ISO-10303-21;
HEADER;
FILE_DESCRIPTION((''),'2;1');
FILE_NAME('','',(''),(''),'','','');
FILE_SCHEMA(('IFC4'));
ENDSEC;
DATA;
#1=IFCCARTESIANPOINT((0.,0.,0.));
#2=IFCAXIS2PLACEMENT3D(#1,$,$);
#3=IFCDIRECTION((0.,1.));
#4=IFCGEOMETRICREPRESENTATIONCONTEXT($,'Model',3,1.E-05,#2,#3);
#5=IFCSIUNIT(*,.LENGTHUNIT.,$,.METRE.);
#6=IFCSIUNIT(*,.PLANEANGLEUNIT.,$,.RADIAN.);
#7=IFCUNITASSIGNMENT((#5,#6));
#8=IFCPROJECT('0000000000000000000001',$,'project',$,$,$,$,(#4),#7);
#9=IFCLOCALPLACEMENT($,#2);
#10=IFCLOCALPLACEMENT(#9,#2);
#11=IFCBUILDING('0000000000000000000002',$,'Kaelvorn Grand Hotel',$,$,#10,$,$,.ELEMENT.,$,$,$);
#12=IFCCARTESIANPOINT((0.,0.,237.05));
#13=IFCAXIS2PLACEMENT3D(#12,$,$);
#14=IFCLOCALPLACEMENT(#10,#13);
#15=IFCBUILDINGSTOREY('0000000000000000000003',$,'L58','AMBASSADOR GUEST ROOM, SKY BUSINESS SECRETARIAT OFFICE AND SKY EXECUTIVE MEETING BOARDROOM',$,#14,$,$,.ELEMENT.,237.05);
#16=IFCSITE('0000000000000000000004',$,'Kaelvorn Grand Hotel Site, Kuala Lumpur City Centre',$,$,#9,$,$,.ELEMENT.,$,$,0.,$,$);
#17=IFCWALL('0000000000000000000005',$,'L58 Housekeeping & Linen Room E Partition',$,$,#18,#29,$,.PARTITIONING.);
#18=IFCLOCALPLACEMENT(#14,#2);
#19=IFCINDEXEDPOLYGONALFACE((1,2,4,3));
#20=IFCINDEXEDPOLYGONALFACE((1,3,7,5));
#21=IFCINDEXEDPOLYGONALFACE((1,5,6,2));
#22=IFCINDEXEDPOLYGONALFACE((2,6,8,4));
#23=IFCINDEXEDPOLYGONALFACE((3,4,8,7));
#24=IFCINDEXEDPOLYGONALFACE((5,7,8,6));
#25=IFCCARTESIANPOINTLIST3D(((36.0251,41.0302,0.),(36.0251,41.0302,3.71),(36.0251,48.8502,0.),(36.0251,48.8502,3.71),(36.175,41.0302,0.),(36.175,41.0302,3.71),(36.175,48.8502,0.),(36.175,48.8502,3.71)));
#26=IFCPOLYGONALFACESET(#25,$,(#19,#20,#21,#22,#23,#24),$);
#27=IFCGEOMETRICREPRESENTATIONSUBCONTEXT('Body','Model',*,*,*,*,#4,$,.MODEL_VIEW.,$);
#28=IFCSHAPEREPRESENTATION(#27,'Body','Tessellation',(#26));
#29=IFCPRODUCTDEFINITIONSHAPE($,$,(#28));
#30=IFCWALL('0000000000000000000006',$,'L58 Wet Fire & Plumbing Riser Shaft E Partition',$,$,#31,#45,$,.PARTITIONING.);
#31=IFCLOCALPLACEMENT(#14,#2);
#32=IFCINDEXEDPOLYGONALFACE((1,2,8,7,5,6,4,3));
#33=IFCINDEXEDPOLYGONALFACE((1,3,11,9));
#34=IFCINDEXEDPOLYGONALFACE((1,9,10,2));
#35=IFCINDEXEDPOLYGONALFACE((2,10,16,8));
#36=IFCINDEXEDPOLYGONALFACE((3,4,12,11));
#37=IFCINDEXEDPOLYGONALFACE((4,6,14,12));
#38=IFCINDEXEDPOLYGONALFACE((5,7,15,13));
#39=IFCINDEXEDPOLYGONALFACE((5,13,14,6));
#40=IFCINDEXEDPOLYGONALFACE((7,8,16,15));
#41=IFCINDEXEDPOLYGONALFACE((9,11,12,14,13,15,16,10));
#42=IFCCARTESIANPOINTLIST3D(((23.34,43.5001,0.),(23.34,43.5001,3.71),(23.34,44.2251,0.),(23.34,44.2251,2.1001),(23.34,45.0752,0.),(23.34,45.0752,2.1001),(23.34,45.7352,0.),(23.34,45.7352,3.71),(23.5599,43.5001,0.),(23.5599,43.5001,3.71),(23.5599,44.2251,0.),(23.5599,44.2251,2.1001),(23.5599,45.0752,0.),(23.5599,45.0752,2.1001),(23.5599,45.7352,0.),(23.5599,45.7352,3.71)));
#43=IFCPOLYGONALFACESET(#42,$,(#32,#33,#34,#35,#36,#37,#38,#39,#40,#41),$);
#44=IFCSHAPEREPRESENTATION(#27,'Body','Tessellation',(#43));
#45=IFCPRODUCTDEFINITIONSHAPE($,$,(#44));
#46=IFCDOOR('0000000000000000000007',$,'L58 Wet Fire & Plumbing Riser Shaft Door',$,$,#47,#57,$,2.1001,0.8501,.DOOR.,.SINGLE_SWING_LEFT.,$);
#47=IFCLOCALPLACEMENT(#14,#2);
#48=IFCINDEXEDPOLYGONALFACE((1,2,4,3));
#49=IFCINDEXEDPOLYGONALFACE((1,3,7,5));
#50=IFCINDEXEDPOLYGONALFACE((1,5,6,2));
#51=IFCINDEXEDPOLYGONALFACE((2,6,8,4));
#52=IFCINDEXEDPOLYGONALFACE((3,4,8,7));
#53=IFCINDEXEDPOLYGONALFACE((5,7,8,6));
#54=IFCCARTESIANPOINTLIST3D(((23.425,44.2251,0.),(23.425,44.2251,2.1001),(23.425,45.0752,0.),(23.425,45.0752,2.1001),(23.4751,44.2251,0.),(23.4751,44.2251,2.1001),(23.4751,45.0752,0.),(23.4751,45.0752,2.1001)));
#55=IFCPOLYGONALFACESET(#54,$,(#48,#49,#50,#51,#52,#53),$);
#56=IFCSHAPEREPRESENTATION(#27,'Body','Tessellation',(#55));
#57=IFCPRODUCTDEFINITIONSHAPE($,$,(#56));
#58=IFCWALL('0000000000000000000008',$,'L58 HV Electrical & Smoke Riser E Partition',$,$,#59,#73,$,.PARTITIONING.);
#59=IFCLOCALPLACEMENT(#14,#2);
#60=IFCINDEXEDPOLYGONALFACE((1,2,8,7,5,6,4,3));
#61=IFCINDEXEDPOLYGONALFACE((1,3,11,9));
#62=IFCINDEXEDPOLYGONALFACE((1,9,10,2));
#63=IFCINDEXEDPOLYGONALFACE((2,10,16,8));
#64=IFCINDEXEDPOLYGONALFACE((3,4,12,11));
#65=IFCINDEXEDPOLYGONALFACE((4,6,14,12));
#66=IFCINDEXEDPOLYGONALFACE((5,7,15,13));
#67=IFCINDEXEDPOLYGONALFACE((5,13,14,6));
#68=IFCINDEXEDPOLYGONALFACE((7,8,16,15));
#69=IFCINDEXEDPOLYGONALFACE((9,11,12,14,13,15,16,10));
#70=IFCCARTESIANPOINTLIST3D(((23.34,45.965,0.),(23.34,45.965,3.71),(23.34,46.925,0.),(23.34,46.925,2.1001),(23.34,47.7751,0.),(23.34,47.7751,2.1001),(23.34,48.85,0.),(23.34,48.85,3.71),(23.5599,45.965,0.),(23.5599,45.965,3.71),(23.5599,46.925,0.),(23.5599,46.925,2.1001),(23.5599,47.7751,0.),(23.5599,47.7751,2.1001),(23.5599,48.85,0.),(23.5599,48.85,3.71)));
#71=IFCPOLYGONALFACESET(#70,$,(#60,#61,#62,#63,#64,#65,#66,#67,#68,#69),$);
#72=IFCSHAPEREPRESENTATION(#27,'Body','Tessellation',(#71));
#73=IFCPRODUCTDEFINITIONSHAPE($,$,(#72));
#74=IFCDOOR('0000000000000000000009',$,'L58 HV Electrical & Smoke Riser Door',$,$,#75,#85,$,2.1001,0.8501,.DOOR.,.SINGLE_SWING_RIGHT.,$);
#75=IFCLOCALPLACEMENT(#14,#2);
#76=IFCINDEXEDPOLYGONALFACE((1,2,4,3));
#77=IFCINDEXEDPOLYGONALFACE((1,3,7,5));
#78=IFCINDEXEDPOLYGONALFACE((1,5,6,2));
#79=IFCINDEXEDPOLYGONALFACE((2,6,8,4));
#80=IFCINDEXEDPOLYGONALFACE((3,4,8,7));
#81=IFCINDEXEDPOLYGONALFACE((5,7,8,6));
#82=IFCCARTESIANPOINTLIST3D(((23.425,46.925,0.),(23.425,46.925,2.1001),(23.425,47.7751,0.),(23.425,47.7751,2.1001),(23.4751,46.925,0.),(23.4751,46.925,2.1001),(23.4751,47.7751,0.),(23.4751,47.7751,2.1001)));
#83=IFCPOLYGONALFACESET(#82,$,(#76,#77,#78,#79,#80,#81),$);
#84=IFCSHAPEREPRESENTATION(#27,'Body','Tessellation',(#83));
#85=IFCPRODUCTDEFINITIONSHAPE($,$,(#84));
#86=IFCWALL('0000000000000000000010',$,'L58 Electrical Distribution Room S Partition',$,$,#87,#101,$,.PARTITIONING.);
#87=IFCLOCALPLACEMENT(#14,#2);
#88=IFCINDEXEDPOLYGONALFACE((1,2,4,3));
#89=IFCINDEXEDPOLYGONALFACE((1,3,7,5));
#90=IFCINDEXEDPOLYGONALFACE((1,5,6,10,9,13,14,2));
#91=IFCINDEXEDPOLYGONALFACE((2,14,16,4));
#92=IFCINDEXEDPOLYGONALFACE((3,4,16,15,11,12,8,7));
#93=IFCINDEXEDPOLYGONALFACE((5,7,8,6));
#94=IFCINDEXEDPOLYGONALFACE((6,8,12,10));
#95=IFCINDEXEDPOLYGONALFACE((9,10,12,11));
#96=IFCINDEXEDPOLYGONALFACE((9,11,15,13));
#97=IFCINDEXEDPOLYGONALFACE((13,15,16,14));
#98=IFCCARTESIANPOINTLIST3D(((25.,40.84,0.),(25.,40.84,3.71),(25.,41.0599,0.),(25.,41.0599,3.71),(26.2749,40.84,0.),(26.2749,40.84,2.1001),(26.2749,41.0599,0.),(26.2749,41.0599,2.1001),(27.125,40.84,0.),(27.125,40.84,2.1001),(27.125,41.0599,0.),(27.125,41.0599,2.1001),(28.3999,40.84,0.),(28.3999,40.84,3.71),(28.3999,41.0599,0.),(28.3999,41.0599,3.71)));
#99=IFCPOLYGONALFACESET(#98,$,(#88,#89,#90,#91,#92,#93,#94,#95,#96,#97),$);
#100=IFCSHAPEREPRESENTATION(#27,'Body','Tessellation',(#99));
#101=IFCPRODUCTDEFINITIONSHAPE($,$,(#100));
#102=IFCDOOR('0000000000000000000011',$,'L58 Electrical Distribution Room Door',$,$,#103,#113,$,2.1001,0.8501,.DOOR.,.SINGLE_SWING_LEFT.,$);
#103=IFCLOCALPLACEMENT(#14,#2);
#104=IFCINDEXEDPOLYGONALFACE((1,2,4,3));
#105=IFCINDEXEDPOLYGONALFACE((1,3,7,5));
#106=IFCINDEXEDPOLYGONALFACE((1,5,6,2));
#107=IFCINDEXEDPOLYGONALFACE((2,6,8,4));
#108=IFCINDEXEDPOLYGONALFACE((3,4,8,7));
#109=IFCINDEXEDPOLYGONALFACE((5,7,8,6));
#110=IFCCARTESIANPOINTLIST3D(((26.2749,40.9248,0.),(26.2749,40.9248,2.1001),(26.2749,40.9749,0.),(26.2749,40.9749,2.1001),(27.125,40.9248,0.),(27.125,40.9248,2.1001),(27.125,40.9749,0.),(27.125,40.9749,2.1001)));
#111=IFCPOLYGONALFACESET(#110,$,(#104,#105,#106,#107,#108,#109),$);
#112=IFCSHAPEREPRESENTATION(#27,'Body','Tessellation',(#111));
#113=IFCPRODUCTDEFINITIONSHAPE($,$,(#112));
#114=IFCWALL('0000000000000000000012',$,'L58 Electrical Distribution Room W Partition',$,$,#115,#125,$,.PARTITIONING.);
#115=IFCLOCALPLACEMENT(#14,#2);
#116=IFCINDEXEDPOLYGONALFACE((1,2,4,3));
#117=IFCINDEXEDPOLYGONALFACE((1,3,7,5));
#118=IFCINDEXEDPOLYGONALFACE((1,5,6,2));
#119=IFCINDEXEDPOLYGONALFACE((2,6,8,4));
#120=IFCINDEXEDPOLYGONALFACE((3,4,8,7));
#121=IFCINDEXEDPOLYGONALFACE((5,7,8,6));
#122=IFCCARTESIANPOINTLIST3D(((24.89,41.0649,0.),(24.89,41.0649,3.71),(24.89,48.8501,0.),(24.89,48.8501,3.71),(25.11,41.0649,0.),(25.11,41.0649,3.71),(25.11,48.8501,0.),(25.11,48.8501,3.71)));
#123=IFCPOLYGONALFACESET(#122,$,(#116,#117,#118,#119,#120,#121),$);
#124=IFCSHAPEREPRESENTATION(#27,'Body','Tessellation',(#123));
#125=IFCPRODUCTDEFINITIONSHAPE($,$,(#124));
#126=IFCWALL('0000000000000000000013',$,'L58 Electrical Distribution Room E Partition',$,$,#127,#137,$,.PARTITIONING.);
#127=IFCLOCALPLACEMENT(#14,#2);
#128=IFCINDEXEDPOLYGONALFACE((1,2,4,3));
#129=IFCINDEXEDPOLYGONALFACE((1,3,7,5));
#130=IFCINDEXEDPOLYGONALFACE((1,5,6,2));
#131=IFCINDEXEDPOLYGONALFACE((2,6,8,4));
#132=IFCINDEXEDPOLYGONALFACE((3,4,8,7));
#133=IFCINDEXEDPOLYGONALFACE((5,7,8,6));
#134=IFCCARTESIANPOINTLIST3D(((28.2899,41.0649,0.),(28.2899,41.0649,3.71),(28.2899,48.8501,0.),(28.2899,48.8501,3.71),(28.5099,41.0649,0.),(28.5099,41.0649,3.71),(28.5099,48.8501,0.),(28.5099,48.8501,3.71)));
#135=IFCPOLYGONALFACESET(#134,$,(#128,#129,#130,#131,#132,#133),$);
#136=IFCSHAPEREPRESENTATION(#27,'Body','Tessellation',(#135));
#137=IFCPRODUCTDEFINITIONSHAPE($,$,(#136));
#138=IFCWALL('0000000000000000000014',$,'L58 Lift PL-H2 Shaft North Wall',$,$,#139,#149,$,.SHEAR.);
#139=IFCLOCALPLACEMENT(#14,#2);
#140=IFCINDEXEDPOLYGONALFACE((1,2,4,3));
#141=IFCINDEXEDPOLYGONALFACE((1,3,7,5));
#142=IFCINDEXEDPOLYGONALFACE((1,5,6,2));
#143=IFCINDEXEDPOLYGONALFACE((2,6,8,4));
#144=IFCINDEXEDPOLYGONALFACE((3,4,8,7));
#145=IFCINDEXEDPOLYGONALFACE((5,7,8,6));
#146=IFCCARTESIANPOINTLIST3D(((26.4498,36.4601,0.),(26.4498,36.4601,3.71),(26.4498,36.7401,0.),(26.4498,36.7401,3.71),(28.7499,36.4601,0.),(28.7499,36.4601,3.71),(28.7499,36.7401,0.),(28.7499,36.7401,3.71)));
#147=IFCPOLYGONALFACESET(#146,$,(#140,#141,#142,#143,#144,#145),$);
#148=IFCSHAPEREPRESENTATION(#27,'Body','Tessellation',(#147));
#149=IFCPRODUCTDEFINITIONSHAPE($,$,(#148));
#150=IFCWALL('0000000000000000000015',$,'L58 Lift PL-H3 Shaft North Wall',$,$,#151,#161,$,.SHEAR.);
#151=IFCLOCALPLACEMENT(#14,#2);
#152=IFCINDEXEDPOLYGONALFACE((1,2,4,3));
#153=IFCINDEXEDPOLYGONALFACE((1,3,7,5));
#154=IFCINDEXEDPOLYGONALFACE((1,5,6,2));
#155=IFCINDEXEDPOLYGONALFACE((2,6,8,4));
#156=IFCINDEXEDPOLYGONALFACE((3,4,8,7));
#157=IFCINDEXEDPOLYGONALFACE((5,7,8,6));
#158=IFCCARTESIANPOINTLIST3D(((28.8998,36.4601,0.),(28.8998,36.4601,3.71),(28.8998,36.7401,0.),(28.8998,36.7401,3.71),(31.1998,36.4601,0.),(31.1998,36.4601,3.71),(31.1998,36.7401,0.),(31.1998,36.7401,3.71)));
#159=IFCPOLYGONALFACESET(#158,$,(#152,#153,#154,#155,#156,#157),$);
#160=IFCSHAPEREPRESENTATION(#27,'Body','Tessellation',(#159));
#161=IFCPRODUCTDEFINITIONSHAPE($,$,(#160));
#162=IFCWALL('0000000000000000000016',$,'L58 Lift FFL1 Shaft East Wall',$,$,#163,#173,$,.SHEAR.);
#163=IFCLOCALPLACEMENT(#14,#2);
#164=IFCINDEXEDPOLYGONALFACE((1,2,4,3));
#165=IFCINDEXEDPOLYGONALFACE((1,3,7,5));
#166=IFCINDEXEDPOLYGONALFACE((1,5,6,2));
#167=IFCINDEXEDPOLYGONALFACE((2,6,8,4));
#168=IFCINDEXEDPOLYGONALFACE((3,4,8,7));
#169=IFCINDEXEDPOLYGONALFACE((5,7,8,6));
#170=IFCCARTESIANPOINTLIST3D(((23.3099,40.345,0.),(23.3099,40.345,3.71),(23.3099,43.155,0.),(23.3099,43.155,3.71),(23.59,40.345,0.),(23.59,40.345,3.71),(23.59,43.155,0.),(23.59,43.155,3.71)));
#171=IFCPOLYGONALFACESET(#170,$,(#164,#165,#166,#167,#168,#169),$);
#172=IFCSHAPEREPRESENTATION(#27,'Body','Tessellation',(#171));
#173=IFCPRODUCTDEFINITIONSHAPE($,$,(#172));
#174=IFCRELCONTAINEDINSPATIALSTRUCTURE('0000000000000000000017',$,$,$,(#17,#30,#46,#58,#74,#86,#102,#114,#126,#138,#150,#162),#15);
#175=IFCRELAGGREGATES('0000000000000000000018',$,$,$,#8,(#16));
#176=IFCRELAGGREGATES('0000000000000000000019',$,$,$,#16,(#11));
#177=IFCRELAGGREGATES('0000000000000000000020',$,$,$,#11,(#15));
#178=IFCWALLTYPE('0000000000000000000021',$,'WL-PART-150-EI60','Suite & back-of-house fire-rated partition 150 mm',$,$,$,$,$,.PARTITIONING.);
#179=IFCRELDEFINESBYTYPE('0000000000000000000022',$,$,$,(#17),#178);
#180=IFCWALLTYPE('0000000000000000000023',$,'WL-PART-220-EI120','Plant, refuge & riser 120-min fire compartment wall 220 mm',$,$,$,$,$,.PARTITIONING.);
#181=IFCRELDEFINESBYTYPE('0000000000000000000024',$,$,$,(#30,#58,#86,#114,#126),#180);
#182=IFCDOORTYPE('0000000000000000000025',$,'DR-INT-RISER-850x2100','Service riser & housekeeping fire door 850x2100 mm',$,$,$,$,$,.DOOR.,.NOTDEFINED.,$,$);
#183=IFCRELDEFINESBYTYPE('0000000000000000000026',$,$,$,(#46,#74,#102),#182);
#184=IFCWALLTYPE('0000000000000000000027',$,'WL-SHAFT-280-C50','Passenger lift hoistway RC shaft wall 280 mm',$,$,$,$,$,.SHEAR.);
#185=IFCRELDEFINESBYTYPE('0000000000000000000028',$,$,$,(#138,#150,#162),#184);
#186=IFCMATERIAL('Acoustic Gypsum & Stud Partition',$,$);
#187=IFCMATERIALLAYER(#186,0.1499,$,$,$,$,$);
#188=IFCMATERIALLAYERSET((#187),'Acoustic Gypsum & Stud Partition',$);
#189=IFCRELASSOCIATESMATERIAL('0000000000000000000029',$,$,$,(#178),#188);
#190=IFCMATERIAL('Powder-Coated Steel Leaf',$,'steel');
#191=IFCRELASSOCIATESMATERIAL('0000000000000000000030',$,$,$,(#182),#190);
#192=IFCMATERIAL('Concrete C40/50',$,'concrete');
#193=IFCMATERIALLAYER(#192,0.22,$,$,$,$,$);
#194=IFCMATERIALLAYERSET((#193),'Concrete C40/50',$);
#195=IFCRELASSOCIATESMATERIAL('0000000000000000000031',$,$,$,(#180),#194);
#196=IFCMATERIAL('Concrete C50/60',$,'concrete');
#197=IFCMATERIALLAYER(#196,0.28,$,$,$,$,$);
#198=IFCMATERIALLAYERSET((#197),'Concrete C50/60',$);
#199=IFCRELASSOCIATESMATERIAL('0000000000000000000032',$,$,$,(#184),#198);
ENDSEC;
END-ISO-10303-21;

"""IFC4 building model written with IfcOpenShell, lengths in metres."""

from ifc_helpers import new_model, si_unit, direction, frame, frame_2d, origin, place, context, subcontext, project, spatial, rectangle, extrude, material, layer, layer_set, type_object, element, fill, save


model = new_model("IFC4")

# Units and contexts
model_context = context("Model", 3, precision=1e-05, world=origin(), true_north=direction((0.0, 1.0)))
body_context = subcontext(model_context, "Body", "Model", "MODEL_VIEW")
ifc_project = project(units=[si_unit("LENGTHUNIT", "METRE"), si_unit("PLANEANGLEUNIT", "RADIAN")], contexts=[model_context])

# Site, building, storey
site_placement = place(None, origin())
site = spatial("IfcSite", under=ifc_project, at=site_placement, Name="Kaelvorn Grand Hotel Site, Kuala Lumpur City Centre", CompositionType="ELEMENT", RefElevation=0.0)
building_placement = place(site_placement, origin())
building = spatial("IfcBuilding", under=site, at=building_placement, Name="Kaelvorn Grand Hotel", CompositionType="ELEMENT")
storey_placement = place(building_placement, frame((0.0, 0.0, 237.05)))
storey = spatial("IfcBuildingStorey", under=building, at=storey_placement, Name="L58", Description="AMBASSADOR GUEST ROOM, SKY BUSINESS SECRETARIAT OFFICE AND SKY EXECUTIVE MEETING BOARDROOM", CompositionType="ELEMENT", Elevation=237.05)

# Shared definitions
ifc_material_1 = material(Name="Concrete C50/60", Category="concrete")

# Shared definitions
ifc_material_2 = material(Name="Acoustic Gypsum & Stud Partition")
ifc_layer_1 = layer(ifc_material_2, 0.1499)
ifc_layer_set_1 = layer_set([ifc_layer_1], Name="Acoustic Gypsum & Stud Partition")
wall_type_1 = type_object("IfcWallType", Name="WL-PART-150-EI60", Description="Suite & back-of-house fire-rated partition 150 mm", PredefinedType="PARTITIONING", material=ifc_layer_set_1)

# Shared definitions
ifc_material_3 = material(Name="Powder-Coated Steel Leaf", Category="steel")
door_type_1 = type_object("IfcDoorType", Name="DR-INT-RISER-850x2100", Description="Service riser & housekeeping fire door 850x2100 mm", OperationType="NOTDEFINED", PredefinedType="DOOR", material=ifc_material_3)

# Wall
wall_1_placement = place(storey_placement, frame((36.1001, 41.03, 0.0), z_axis=(0.0, 0.0, 1.0), x_axis=(0.0, 1.0, 0.0)))
element("IfcWall", 1, at=wall_1_placement, inside=storey, type_object=wall_type_1, Name="L58 Housekeeping & Linen Room E Partition", PredefinedType="PARTITIONING", context=body_context, shape_type="SweptSolid", body=[
    extrude(rectangle(XDim=7.8201, YDim=0.1499, at=frame_2d((3.9102, 0.0))), origin(), (0.0, 0.0, 1.0), 3.71),
])

# Walls, openings, doors
ifc_material_4 = material(Name="Concrete C40/50", Category="concrete")
ifc_layer_2 = layer(ifc_material_4, 0.22)
ifc_layer_set_2 = layer_set([ifc_layer_2], Name="Concrete C40/50")
wall_type_2 = type_object("IfcWallType", Name="WL-PART-220-EI120", Description="Plant, refuge & riser 120-min fire compartment wall 220 mm", PredefinedType="PARTITIONING", material=ifc_layer_set_2)
wall_2_placement = place(storey_placement, frame((23.45, 43.5, 0.0), z_axis=(0.0, 0.0, 1.0), x_axis=(0.0, 1.0, 0.0)))
wall_2 = element("IfcWall", 2, at=wall_2_placement, inside=storey, type_object=wall_type_2, Name="L58 Wet Fire & Plumbing Riser Shaft E Partition", PredefinedType="PARTITIONING", context=body_context, shape_type="SweptSolid", body=[
    extrude(rectangle(XDim=2.2351, YDim=0.22, at=frame_2d((1.1177, 0.0))), origin(), (0.0, 0.0, 1.0), 3.71),
])
opening_1_placement = place(wall_2_placement, frame((0.7251, 0.0, 0.0)))
opening_1 = element("IfcOpeningElement", 3, at=opening_1_placement, cuts=wall_2, PredefinedType="OPENING", context=body_context, shape_type="SweptSolid", body=[
    extrude(rectangle(XDim=0.8501, YDim=2.1001, at=frame_2d((0.425, 1.05))), frame((0.0, 0.1201, 0.0), z_axis=(0.0, -1.0, 0.0), x_axis=(1.0, 0.0, 0.0)), (0.0, 0.0, 1.0), 0.24),
])
door_1_placement = place(opening_1_placement, origin())
door_1 = element("IfcDoor", 4, at=door_1_placement, inside=storey, type_object=door_type_1, Name="L58 Wet Fire & Plumbing Riser Shaft Door", OperationType="SINGLE_SWING_LEFT", OverallHeight=2.1001, OverallWidth=0.8501, PredefinedType="DOOR", context=body_context, shape_type="SweptSolid", body=[
    extrude(rectangle(XDim=0.8501, YDim=2.1001, at=frame_2d((0.425, 1.05))), frame((0.0, 0.0249, 0.0), z_axis=(0.0, -1.0, 0.0), x_axis=(1.0, 0.0, 0.0)), (0.0, 0.0, 1.0), 0.05),
])
fill(opening_1, door_1)
wall_3_placement = place(storey_placement, frame((23.45, 45.9651, 0.0), z_axis=(0.0, 0.0, 1.0), x_axis=(0.0, 1.0, 0.0)))
wall_3 = element("IfcWall", 5, at=wall_3_placement, inside=storey, type_object=wall_type_2, Name="L58 HV Electrical & Smoke Riser E Partition", PredefinedType="PARTITIONING", context=body_context, shape_type="SweptSolid", body=[
    extrude(rectangle(XDim=2.885, YDim=0.22, at=frame_2d((1.4424, 0.0))), origin(), (0.0, 0.0, 1.0), 3.71),
])
opening_2_placement = place(wall_3_placement, frame((0.96, 0.0, 0.0)))
opening_2 = element("IfcOpeningElement", 6, at=opening_2_placement, cuts=wall_3, PredefinedType="OPENING", context=body_context, shape_type="SweptSolid", body=[
    extrude(rectangle(XDim=0.8501, YDim=2.1001, at=frame_2d((0.425, 1.05))), frame((0.0, 0.1201, 0.0), z_axis=(0.0, -1.0, 0.0), x_axis=(1.0, 0.0, 0.0)), (0.0, 0.0, 1.0), 0.24),
])
door_2_placement = place(opening_2_placement, origin())
door_2 = element("IfcDoor", 7, at=door_2_placement, inside=storey, type_object=door_type_1, Name="L58 HV Electrical & Smoke Riser Door", OperationType="SINGLE_SWING_RIGHT", OverallHeight=2.1001, OverallWidth=0.8501, PredefinedType="DOOR", context=body_context, shape_type="SweptSolid", body=[
    extrude(rectangle(XDim=0.8501, YDim=2.1001, at=frame_2d((0.425, 1.05))), frame((0.0, 0.0249, 0.0), z_axis=(0.0, -1.0, 0.0), x_axis=(1.0, 0.0, 0.0)), (0.0, 0.0, 1.0), 0.05),
])
fill(opening_2, door_2)
wall_4_placement = place(storey_placement, frame((25.0, 40.95, 0.0), z_axis=(0.0, 0.0, 1.0), x_axis=(1.0, 0.0, 0.0)))
wall_4 = element("IfcWall", 8, at=wall_4_placement, inside=storey, type_object=wall_type_2, Name="L58 Electrical Distribution Room S Partition", PredefinedType="PARTITIONING", context=body_context, shape_type="SweptSolid", body=[
    extrude(rectangle(XDim=3.3999, YDim=0.22, at=frame_2d((1.7, 0.0))), origin(), (0.0, 0.0, 1.0), 3.71),
])
opening_3_placement = place(wall_4_placement, frame((1.2749, 0.0, 0.0)))
opening_3 = element("IfcOpeningElement", 9, at=opening_3_placement, cuts=wall_4, PredefinedType="OPENING", context=body_context, shape_type="SweptSolid", body=[
    extrude(rectangle(XDim=0.8501, YDim=2.1001, at=frame_2d((0.425, 1.05))), frame((0.0, 0.1201, 0.0), z_axis=(0.0, -1.0, 0.0), x_axis=(1.0, 0.0, 0.0)), (0.0, 0.0, 1.0), 0.24),
])
door_3_placement = place(opening_3_placement, origin())
door_3 = element("IfcDoor", 10, at=door_3_placement, inside=storey, type_object=door_type_1, Name="L58 Electrical Distribution Room Door", OperationType="SINGLE_SWING_LEFT", OverallHeight=2.1001, OverallWidth=0.8501, PredefinedType="DOOR", context=body_context, shape_type="SweptSolid", body=[
    extrude(rectangle(XDim=0.8501, YDim=2.1001, at=frame_2d((0.425, 1.05))), frame((0.0, 0.0249, 0.0), z_axis=(0.0, -1.0, 0.0), x_axis=(1.0, 0.0, 0.0)), (0.0, 0.0, 1.0), 0.05),
])
fill(opening_3, door_3)

# Walls
for number, where, z_axis, x_axis, name in (
    (11, (25.0, 41.0649, 0.0), (0.0, 0.0, 1.0), (0.0, 1.0, 0.0), "L58 Electrical Distribution Room W Partition"),
    (12, (28.3999, 41.0649, 0.0), (0.0, 0.0, 1.0), (0.0, 1.0, 0.0), "L58 Electrical Distribution Room E Partition"),
):
    element("IfcWall", number, at=place(storey_placement, frame(where, z_axis=z_axis, x_axis=x_axis)), inside=storey, type_object=wall_type_2, Name=name, PredefinedType="PARTITIONING", context=body_context, shape_type="SweptSolid", body=[
        extrude(rectangle(XDim=7.7852, YDim=0.22, at=frame_2d((3.8926, 0.0))), origin(), (0.0, 0.0, 1.0), 3.71),
    ])
ifc_layer_3 = layer(ifc_material_1, 0.28)
ifc_layer_set_3 = layer_set([ifc_layer_3], Name="Concrete C50/60")
wall_type_3 = type_object("IfcWallType", Name="WL-SHAFT-280-C50", Description="Passenger lift hoistway RC shaft wall 280 mm", PredefinedType="SHEAR", material=ifc_layer_set_3)
for number, where, z_axis, x_axis, name in (
    (13, (26.45, 36.6001, 0.0), (0.0, 0.0, 1.0), (1.0, 0.0, 0.0), "L58 Lift PL-H2 Shaft North Wall"),
    (14, (28.8999, 36.6001, 0.0), (0.0, 0.0, 1.0), (1.0, 0.0, 0.0), "L58 Lift PL-H3 Shaft North Wall"),
):
    element("IfcWall", number, at=place(storey_placement, frame(where, z_axis=z_axis, x_axis=x_axis)), inside=storey, type_object=wall_type_3, Name=name, PredefinedType="SHEAR", context=body_context, shape_type="SweptSolid", body=[
        extrude(rectangle(XDim=2.3, YDim=0.28, at=frame_2d((1.1499, 0.0))), origin(), (0.0, 0.0, 1.0), 3.71),
    ])
wall_5_placement = place(storey_placement, frame((23.45, 40.345, 0.0), z_axis=(0.0, 0.0, 1.0), x_axis=(0.0, 1.0, 0.0)))
element("IfcWall", 15, at=wall_5_placement, inside=storey, type_object=wall_type_3, Name="L58 Lift FFL1 Shaft East Wall", PredefinedType="SHEAR", context=body_context, shape_type="SweptSolid", body=[
    extrude(rectangle(XDim=2.8101, YDim=0.28, at=frame_2d((1.405, 0.0))), origin(), (0.0, 0.0, 1.0), 3.71),
])

save(model, "model.ifc")
